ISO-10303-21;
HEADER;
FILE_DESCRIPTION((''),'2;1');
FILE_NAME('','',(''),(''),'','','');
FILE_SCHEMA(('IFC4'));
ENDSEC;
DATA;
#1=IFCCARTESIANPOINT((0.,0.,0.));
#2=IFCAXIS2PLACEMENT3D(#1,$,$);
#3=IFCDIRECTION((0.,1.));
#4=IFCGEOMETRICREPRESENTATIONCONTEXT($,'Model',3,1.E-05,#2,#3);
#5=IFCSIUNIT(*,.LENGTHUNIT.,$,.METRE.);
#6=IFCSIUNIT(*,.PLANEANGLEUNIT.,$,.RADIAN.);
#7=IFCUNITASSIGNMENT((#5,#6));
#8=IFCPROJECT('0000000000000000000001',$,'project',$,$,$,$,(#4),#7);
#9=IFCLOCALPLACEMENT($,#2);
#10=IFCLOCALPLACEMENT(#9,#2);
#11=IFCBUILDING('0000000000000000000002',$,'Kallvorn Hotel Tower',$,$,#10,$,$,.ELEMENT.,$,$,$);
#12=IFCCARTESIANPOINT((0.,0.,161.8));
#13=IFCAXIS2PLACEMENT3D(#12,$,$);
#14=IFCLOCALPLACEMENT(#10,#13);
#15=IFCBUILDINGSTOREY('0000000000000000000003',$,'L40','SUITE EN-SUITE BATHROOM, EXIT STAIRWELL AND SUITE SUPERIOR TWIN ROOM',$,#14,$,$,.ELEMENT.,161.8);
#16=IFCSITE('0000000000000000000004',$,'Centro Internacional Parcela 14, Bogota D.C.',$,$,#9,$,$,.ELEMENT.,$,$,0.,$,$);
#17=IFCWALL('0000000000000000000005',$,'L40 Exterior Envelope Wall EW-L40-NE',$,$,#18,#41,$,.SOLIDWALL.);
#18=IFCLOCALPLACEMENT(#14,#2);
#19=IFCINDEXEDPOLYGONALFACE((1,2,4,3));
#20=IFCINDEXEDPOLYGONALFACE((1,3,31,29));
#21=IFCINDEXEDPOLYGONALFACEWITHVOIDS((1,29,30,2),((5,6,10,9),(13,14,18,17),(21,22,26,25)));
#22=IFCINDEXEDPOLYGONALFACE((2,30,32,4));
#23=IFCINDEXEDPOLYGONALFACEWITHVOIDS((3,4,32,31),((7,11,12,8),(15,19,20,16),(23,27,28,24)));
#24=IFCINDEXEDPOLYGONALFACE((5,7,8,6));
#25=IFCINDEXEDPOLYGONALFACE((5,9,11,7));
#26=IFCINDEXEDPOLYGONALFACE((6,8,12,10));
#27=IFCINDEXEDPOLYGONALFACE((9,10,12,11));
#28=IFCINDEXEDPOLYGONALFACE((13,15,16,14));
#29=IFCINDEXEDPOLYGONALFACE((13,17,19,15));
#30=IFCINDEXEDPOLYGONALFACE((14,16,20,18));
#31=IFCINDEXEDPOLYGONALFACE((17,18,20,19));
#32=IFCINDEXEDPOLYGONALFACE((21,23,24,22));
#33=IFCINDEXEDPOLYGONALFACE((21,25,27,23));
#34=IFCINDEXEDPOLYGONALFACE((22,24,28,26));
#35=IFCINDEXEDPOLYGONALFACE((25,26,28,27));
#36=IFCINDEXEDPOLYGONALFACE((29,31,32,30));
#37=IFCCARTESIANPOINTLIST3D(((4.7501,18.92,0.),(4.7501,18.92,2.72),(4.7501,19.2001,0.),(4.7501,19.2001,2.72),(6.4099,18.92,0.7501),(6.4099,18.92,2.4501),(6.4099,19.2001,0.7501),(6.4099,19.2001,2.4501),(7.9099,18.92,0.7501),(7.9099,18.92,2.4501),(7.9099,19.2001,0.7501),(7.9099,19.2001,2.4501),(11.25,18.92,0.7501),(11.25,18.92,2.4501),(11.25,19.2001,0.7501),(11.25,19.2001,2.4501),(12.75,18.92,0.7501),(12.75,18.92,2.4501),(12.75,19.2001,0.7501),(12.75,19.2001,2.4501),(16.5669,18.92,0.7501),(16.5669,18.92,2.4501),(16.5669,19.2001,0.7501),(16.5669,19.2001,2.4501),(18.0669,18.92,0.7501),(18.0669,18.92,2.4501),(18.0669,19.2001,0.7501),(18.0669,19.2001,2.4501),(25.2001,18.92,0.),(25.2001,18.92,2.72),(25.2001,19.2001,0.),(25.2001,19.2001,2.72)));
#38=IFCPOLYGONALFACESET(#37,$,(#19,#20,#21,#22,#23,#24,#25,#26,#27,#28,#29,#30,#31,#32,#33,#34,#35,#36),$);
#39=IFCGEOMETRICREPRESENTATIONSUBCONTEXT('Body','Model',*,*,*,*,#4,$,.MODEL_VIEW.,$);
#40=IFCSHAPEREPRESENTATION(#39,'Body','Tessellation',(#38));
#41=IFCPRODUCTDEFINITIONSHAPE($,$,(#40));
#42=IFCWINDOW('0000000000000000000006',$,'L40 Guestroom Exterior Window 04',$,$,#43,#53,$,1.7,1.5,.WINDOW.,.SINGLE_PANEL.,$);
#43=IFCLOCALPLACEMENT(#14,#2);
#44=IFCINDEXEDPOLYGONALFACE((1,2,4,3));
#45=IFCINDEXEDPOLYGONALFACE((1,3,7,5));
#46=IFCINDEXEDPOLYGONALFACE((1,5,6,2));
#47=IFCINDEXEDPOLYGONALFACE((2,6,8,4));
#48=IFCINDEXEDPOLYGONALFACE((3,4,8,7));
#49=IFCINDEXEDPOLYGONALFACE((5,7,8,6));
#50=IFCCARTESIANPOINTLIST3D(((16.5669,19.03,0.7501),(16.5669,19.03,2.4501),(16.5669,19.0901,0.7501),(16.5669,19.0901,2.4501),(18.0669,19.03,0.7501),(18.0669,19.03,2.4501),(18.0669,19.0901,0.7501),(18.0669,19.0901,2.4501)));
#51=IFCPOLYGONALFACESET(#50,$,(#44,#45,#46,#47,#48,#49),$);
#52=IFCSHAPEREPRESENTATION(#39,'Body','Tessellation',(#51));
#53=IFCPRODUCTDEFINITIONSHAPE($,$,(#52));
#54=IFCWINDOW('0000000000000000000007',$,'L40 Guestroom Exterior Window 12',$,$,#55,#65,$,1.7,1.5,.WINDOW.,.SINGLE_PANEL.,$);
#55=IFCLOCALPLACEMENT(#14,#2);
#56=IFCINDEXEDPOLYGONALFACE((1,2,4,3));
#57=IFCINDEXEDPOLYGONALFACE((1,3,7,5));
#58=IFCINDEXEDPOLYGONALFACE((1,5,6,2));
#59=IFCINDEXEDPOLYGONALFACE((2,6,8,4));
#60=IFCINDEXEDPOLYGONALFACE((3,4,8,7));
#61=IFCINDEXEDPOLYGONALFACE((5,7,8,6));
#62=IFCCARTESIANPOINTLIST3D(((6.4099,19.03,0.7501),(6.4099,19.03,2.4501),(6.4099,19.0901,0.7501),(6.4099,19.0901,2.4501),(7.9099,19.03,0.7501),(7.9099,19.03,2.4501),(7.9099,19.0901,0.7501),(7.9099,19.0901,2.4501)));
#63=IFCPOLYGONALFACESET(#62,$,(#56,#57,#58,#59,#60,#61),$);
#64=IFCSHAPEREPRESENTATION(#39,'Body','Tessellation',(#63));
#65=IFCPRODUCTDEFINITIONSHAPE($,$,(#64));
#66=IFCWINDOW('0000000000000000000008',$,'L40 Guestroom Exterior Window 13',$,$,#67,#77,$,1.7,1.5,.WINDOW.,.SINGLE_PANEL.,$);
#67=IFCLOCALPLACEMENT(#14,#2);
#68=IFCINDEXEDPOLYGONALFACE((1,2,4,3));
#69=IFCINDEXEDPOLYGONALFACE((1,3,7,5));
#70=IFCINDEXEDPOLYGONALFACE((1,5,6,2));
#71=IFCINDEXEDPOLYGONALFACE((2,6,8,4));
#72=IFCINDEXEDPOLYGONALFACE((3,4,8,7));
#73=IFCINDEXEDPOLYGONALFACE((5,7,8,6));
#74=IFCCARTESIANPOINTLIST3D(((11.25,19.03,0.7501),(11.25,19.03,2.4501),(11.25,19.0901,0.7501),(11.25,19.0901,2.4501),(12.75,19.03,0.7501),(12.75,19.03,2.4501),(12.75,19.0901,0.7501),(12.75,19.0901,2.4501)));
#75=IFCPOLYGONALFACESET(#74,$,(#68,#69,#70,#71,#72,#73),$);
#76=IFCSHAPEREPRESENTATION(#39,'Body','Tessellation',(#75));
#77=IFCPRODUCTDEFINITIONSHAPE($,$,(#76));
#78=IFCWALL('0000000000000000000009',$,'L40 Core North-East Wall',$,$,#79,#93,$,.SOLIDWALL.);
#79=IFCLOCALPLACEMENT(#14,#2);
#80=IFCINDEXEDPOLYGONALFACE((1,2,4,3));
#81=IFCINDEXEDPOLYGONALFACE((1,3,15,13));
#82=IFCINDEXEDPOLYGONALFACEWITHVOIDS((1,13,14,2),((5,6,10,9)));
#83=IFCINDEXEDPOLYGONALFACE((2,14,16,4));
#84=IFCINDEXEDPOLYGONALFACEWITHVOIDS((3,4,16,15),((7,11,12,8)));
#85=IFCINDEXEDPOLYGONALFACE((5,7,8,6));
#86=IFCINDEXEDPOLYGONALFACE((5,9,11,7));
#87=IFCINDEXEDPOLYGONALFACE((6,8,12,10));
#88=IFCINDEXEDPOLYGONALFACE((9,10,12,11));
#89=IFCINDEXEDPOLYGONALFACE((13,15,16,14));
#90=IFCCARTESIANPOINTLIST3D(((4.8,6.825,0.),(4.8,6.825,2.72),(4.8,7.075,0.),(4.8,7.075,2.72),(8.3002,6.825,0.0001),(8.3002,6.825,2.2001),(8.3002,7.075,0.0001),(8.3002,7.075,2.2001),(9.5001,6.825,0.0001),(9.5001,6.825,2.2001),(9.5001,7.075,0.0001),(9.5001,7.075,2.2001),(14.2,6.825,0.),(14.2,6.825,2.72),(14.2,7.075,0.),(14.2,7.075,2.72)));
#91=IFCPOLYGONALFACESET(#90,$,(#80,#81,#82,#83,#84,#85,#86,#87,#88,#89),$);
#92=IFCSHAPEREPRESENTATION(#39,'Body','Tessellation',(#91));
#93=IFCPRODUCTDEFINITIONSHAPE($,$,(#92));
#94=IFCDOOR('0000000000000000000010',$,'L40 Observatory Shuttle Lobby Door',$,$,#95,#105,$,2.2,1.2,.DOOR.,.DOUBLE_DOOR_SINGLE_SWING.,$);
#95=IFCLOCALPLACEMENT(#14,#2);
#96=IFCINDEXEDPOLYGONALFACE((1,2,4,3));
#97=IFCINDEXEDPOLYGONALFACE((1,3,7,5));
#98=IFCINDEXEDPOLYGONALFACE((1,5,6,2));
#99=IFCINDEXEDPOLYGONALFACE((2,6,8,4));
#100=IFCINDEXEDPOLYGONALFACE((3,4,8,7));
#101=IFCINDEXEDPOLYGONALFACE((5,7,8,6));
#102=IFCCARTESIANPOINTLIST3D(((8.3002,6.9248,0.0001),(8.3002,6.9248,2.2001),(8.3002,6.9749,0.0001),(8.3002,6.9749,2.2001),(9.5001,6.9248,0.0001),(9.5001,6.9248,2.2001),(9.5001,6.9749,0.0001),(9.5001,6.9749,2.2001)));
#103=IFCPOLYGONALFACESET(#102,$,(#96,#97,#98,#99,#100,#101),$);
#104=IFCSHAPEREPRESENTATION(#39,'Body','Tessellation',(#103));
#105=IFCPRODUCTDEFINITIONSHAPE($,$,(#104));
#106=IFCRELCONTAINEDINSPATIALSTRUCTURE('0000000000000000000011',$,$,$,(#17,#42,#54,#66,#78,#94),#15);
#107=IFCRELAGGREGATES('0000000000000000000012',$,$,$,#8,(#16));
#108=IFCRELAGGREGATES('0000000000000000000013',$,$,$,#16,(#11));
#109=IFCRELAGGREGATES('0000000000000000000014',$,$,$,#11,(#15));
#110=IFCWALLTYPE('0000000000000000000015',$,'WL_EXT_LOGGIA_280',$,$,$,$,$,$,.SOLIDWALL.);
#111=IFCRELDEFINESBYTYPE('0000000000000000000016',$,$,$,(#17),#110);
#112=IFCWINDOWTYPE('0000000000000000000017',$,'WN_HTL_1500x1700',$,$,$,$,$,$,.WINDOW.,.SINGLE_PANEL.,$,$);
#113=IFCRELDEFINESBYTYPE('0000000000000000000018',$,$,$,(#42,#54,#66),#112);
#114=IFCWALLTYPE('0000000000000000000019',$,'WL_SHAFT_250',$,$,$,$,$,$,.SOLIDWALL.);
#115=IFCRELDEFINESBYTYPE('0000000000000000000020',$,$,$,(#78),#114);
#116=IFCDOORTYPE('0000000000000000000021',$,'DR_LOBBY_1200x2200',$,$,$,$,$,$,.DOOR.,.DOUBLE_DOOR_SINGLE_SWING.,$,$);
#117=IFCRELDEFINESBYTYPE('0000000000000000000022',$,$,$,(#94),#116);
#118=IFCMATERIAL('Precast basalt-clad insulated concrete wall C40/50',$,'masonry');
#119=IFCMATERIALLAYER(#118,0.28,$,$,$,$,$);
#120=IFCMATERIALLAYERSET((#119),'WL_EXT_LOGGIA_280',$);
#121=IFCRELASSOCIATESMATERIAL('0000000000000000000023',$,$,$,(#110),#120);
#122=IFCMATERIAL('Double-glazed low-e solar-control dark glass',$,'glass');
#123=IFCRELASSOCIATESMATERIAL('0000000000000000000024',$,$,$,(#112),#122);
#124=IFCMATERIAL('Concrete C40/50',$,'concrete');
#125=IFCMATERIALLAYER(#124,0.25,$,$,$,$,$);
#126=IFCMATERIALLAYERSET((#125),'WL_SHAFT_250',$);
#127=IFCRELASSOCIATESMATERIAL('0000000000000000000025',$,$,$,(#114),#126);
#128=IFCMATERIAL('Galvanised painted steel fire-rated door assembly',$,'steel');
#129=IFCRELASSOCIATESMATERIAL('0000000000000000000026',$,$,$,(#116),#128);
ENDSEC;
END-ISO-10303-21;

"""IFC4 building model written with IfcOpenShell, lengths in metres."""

from ifc_helpers import new_model, si_unit, direction, frame, frame_2d, origin, place, context, subcontext, project, spatial, rectangle, extrude, material, layer, layer_set, type_object, element, fill, save


model = new_model("IFC4")

# Units and contexts
model_context = context("Model", 3, precision=1e-05, world=origin(), true_north=direction((0.0, 1.0)))
body_context = subcontext(model_context, "Body", "Model", "MODEL_VIEW")
ifc_project = project(units=[si_unit("LENGTHUNIT", "METRE"), si_unit("PLANEANGLEUNIT", "RADIAN")], contexts=[model_context])

# Site, building, storey
site_placement = place(None, origin())
site = spatial("IfcSite", under=ifc_project, at=site_placement, Name="Centro Internacional Parcela 14, Bogota D.C.", CompositionType="ELEMENT", RefElevation=0.0)
building_placement = place(site_placement, origin())
building = spatial("IfcBuilding", under=site, at=building_placement, Name="Kallvorn Hotel Tower", CompositionType="ELEMENT")
storey_placement = place(building_placement, frame((0.0, 0.0, 161.8)))
storey = spatial("IfcBuildingStorey", under=building, at=storey_placement, Name="L40", Description="SUITE EN-SUITE BATHROOM, EXIT STAIRWELL AND SUITE SUPERIOR TWIN ROOM", CompositionType="ELEMENT", Elevation=161.8)

# Wall, openings, windows
ifc_material_1 = material(Name="Precast basalt-clad insulated concrete wall C40/50", Category="masonry")
ifc_layer_1 = layer(ifc_material_1, 0.28)
ifc_layer_set_1 = layer_set([ifc_layer_1], Name="WL_EXT_LOGGIA_280")
wall_type_1 = type_object("IfcWallType", Name="WL_EXT_LOGGIA_280", PredefinedType="SOLIDWALL", material=ifc_layer_set_1)
wall_1_placement = place(storey_placement, frame((4.75, 19.0601, 0.0), z_axis=(0.0, 0.0, 1.0), x_axis=(1.0, 0.0, 0.0)))
wall_1 = element("IfcWall", 1, at=wall_1_placement, inside=storey, type_object=wall_type_1, Name="L40 Exterior Envelope Wall EW-L40-NE", PredefinedType="SOLIDWALL", context=body_context, shape_type="SweptSolid", body=[
    extrude(rectangle(XDim=20.45, YDim=0.28, at=frame_2d((10.2251, 0.0))), origin(), (0.0, 0.0, 1.0), 2.72),
])
opening_1_placement = place(wall_1_placement, frame((11.8169, 0.0, 0.75)))
opening_1 = element("IfcOpeningElement", 2, at=opening_1_placement, cuts=wall_1, PredefinedType="OPENING", context=body_context, shape_type="SweptSolid", body=[
    extrude(rectangle(XDim=1.5, YDim=1.7, at=frame_2d((0.75, 0.8501))), frame((0.0, 0.155, 0.0), z_axis=(0.0, -1.0, 0.0), x_axis=(1.0, 0.0, 0.0)), (0.0, 0.0, 1.0), 0.3101),
])
opening_2_placement = place(wall_1_placement, frame((1.6599, 0.0, 0.75)))
opening_2 = element("IfcOpeningElement", 3, at=opening_2_placement, cuts=wall_1, PredefinedType="OPENING", context=body_context, shape_type="SweptSolid", body=[
    extrude(rectangle(XDim=1.5, YDim=1.7, at=frame_2d((0.75, 0.8501))), frame((0.0, 0.155, 0.0), z_axis=(0.0, -1.0, 0.0), x_axis=(1.0, 0.0, 0.0)), (0.0, 0.0, 1.0), 0.3101),
])
opening_3_placement = place(wall_1_placement, frame((6.5, 0.0, 0.75)))
opening_3 = element("IfcOpeningElement", 4, at=opening_3_placement, cuts=wall_1, PredefinedType="OPENING", context=body_context, shape_type="SweptSolid", body=[
    extrude(rectangle(XDim=1.5, YDim=1.7, at=frame_2d((0.75, 0.8501))), frame((0.0, 0.155, 0.0), z_axis=(0.0, -1.0, 0.0), x_axis=(1.0, 0.0, 0.0)), (0.0, 0.0, 1.0), 0.3101),
])
ifc_material_2 = material(Name="Double-glazed low-e solar-control dark glass", Category="glass")
window_type = type_object("IfcWindowType", Name="WN_HTL_1500x1700", PartitioningType="SINGLE_PANEL", PredefinedType="WINDOW", material=ifc_material_2)
window_1_placement = place(opening_1_placement, origin())
window_1 = element("IfcWindow", 5, at=window_1_placement, inside=storey, type_object=window_type, Name="L40 Guestroom Exterior Window 04", OverallHeight=1.7, OverallWidth=1.5, PartitioningType="SINGLE_PANEL", PredefinedType="WINDOW", context=body_context, shape_type="SweptSolid", body=[
    extrude(rectangle(XDim=1.5, YDim=1.7, at=frame_2d((0.75, 0.8501))), frame((0.0, 0.03, 0.0), z_axis=(0.0, -1.0, 0.0), x_axis=(1.0, 0.0, 0.0)), (0.0, 0.0, 1.0), 0.0601),
])
fill(opening_1, window_1)
window_2_placement = place(opening_2_placement, origin())
window_2 = element("IfcWindow", 6, at=window_2_placement, inside=storey, type_object=window_type, Name="L40 Guestroom Exterior Window 12", OverallHeight=1.7, OverallWidth=1.5, PartitioningType="SINGLE_PANEL", PredefinedType="WINDOW", context=body_context, shape_type="SweptSolid", body=[
    extrude(rectangle(XDim=1.5, YDim=1.7, at=frame_2d((0.75, 0.8501))), frame((0.0, 0.03, 0.0), z_axis=(0.0, -1.0, 0.0), x_axis=(1.0, 0.0, 0.0)), (0.0, 0.0, 1.0), 0.0601),
])
fill(opening_2, window_2)
window_3_placement = place(opening_3_placement, origin())
window_3 = element("IfcWindow", 7, at=window_3_placement, inside=storey, type_object=window_type, Name="L40 Guestroom Exterior Window 13", OverallHeight=1.7, OverallWidth=1.5, PartitioningType="SINGLE_PANEL", PredefinedType="WINDOW", context=body_context, shape_type="SweptSolid", body=[
    extrude(rectangle(XDim=1.5, YDim=1.7, at=frame_2d((0.75, 0.8501))), frame((0.0, 0.03, 0.0), z_axis=(0.0, -1.0, 0.0), x_axis=(1.0, 0.0, 0.0)), (0.0, 0.0, 1.0), 0.0601),
])
fill(opening_3, window_3)

# Wall, opening, door
ifc_material_3 = material(Name="Concrete C40/50", Category="concrete")
ifc_layer_2 = layer(ifc_material_3, 0.25)
ifc_layer_set_2 = layer_set([ifc_layer_2], Name="WL_SHAFT_250")
wall_type_2 = type_object("IfcWallType", Name="WL_SHAFT_250", PredefinedType="SOLIDWALL", material=ifc_layer_set_2)
wall_2_placement = place(storey_placement, frame((4.8, 6.95, 0.0), z_axis=(0.0, 0.0, 1.0), x_axis=(1.0, 0.0, 0.0)))
wall_2 = element("IfcWall", 8, at=wall_2_placement, inside=storey, type_object=wall_type_2, Name="L40 Core North-East Wall", PredefinedType="SOLIDWALL", context=body_context, shape_type="SweptSolid", body=[
    extrude(rectangle(XDim=9.3999, YDim=0.25, at=frame_2d((4.7, 0.0))), origin(), (0.0, 0.0, 1.0), 2.72),
])
opening_4_placement = place(wall_2_placement, frame((3.5, 0.0, 0.0)))
opening_4 = element("IfcOpeningElement", 9, at=opening_4_placement, cuts=wall_2, PredefinedType="OPENING", context=body_context, shape_type="SweptSolid", body=[
    extrude(rectangle(XDim=1.2, YDim=2.2, at=frame_2d((0.6001, 1.1001))), frame((0.0, 0.1399, 0.0), z_axis=(0.0, -1.0, 0.0), x_axis=(1.0, 0.0, 0.0)), (0.0, 0.0, 1.0), 0.28),
])
ifc_material_4 = material(Name="Galvanised painted steel fire-rated door assembly", Category="steel")
door_type = type_object("IfcDoorType", Name="DR_LOBBY_1200x2200", OperationType="DOUBLE_DOOR_SINGLE_SWING", PredefinedType="DOOR", material=ifc_material_4)
door_placement = place(opening_4_placement, origin())
door = element("IfcDoor", 10, at=door_placement, inside=storey, type_object=door_type, Name="L40 Observatory Shuttle Lobby Door", OperationType="DOUBLE_DOOR_SINGLE_SWING", OverallHeight=2.2, OverallWidth=1.2, PredefinedType="DOOR", context=body_context, shape_type="SweptSolid", body=[
    extrude(rectangle(XDim=1.2, YDim=2.2, at=frame_2d((0.6001, 1.1001))), frame((0.0, 0.0249, 0.0), z_axis=(0.0, -1.0, 0.0), x_axis=(1.0, 0.0, 0.0)), (0.0, 0.0, 1.0), 0.05),
])
fill(opening_4, door)

save(model, "model.ifc")
